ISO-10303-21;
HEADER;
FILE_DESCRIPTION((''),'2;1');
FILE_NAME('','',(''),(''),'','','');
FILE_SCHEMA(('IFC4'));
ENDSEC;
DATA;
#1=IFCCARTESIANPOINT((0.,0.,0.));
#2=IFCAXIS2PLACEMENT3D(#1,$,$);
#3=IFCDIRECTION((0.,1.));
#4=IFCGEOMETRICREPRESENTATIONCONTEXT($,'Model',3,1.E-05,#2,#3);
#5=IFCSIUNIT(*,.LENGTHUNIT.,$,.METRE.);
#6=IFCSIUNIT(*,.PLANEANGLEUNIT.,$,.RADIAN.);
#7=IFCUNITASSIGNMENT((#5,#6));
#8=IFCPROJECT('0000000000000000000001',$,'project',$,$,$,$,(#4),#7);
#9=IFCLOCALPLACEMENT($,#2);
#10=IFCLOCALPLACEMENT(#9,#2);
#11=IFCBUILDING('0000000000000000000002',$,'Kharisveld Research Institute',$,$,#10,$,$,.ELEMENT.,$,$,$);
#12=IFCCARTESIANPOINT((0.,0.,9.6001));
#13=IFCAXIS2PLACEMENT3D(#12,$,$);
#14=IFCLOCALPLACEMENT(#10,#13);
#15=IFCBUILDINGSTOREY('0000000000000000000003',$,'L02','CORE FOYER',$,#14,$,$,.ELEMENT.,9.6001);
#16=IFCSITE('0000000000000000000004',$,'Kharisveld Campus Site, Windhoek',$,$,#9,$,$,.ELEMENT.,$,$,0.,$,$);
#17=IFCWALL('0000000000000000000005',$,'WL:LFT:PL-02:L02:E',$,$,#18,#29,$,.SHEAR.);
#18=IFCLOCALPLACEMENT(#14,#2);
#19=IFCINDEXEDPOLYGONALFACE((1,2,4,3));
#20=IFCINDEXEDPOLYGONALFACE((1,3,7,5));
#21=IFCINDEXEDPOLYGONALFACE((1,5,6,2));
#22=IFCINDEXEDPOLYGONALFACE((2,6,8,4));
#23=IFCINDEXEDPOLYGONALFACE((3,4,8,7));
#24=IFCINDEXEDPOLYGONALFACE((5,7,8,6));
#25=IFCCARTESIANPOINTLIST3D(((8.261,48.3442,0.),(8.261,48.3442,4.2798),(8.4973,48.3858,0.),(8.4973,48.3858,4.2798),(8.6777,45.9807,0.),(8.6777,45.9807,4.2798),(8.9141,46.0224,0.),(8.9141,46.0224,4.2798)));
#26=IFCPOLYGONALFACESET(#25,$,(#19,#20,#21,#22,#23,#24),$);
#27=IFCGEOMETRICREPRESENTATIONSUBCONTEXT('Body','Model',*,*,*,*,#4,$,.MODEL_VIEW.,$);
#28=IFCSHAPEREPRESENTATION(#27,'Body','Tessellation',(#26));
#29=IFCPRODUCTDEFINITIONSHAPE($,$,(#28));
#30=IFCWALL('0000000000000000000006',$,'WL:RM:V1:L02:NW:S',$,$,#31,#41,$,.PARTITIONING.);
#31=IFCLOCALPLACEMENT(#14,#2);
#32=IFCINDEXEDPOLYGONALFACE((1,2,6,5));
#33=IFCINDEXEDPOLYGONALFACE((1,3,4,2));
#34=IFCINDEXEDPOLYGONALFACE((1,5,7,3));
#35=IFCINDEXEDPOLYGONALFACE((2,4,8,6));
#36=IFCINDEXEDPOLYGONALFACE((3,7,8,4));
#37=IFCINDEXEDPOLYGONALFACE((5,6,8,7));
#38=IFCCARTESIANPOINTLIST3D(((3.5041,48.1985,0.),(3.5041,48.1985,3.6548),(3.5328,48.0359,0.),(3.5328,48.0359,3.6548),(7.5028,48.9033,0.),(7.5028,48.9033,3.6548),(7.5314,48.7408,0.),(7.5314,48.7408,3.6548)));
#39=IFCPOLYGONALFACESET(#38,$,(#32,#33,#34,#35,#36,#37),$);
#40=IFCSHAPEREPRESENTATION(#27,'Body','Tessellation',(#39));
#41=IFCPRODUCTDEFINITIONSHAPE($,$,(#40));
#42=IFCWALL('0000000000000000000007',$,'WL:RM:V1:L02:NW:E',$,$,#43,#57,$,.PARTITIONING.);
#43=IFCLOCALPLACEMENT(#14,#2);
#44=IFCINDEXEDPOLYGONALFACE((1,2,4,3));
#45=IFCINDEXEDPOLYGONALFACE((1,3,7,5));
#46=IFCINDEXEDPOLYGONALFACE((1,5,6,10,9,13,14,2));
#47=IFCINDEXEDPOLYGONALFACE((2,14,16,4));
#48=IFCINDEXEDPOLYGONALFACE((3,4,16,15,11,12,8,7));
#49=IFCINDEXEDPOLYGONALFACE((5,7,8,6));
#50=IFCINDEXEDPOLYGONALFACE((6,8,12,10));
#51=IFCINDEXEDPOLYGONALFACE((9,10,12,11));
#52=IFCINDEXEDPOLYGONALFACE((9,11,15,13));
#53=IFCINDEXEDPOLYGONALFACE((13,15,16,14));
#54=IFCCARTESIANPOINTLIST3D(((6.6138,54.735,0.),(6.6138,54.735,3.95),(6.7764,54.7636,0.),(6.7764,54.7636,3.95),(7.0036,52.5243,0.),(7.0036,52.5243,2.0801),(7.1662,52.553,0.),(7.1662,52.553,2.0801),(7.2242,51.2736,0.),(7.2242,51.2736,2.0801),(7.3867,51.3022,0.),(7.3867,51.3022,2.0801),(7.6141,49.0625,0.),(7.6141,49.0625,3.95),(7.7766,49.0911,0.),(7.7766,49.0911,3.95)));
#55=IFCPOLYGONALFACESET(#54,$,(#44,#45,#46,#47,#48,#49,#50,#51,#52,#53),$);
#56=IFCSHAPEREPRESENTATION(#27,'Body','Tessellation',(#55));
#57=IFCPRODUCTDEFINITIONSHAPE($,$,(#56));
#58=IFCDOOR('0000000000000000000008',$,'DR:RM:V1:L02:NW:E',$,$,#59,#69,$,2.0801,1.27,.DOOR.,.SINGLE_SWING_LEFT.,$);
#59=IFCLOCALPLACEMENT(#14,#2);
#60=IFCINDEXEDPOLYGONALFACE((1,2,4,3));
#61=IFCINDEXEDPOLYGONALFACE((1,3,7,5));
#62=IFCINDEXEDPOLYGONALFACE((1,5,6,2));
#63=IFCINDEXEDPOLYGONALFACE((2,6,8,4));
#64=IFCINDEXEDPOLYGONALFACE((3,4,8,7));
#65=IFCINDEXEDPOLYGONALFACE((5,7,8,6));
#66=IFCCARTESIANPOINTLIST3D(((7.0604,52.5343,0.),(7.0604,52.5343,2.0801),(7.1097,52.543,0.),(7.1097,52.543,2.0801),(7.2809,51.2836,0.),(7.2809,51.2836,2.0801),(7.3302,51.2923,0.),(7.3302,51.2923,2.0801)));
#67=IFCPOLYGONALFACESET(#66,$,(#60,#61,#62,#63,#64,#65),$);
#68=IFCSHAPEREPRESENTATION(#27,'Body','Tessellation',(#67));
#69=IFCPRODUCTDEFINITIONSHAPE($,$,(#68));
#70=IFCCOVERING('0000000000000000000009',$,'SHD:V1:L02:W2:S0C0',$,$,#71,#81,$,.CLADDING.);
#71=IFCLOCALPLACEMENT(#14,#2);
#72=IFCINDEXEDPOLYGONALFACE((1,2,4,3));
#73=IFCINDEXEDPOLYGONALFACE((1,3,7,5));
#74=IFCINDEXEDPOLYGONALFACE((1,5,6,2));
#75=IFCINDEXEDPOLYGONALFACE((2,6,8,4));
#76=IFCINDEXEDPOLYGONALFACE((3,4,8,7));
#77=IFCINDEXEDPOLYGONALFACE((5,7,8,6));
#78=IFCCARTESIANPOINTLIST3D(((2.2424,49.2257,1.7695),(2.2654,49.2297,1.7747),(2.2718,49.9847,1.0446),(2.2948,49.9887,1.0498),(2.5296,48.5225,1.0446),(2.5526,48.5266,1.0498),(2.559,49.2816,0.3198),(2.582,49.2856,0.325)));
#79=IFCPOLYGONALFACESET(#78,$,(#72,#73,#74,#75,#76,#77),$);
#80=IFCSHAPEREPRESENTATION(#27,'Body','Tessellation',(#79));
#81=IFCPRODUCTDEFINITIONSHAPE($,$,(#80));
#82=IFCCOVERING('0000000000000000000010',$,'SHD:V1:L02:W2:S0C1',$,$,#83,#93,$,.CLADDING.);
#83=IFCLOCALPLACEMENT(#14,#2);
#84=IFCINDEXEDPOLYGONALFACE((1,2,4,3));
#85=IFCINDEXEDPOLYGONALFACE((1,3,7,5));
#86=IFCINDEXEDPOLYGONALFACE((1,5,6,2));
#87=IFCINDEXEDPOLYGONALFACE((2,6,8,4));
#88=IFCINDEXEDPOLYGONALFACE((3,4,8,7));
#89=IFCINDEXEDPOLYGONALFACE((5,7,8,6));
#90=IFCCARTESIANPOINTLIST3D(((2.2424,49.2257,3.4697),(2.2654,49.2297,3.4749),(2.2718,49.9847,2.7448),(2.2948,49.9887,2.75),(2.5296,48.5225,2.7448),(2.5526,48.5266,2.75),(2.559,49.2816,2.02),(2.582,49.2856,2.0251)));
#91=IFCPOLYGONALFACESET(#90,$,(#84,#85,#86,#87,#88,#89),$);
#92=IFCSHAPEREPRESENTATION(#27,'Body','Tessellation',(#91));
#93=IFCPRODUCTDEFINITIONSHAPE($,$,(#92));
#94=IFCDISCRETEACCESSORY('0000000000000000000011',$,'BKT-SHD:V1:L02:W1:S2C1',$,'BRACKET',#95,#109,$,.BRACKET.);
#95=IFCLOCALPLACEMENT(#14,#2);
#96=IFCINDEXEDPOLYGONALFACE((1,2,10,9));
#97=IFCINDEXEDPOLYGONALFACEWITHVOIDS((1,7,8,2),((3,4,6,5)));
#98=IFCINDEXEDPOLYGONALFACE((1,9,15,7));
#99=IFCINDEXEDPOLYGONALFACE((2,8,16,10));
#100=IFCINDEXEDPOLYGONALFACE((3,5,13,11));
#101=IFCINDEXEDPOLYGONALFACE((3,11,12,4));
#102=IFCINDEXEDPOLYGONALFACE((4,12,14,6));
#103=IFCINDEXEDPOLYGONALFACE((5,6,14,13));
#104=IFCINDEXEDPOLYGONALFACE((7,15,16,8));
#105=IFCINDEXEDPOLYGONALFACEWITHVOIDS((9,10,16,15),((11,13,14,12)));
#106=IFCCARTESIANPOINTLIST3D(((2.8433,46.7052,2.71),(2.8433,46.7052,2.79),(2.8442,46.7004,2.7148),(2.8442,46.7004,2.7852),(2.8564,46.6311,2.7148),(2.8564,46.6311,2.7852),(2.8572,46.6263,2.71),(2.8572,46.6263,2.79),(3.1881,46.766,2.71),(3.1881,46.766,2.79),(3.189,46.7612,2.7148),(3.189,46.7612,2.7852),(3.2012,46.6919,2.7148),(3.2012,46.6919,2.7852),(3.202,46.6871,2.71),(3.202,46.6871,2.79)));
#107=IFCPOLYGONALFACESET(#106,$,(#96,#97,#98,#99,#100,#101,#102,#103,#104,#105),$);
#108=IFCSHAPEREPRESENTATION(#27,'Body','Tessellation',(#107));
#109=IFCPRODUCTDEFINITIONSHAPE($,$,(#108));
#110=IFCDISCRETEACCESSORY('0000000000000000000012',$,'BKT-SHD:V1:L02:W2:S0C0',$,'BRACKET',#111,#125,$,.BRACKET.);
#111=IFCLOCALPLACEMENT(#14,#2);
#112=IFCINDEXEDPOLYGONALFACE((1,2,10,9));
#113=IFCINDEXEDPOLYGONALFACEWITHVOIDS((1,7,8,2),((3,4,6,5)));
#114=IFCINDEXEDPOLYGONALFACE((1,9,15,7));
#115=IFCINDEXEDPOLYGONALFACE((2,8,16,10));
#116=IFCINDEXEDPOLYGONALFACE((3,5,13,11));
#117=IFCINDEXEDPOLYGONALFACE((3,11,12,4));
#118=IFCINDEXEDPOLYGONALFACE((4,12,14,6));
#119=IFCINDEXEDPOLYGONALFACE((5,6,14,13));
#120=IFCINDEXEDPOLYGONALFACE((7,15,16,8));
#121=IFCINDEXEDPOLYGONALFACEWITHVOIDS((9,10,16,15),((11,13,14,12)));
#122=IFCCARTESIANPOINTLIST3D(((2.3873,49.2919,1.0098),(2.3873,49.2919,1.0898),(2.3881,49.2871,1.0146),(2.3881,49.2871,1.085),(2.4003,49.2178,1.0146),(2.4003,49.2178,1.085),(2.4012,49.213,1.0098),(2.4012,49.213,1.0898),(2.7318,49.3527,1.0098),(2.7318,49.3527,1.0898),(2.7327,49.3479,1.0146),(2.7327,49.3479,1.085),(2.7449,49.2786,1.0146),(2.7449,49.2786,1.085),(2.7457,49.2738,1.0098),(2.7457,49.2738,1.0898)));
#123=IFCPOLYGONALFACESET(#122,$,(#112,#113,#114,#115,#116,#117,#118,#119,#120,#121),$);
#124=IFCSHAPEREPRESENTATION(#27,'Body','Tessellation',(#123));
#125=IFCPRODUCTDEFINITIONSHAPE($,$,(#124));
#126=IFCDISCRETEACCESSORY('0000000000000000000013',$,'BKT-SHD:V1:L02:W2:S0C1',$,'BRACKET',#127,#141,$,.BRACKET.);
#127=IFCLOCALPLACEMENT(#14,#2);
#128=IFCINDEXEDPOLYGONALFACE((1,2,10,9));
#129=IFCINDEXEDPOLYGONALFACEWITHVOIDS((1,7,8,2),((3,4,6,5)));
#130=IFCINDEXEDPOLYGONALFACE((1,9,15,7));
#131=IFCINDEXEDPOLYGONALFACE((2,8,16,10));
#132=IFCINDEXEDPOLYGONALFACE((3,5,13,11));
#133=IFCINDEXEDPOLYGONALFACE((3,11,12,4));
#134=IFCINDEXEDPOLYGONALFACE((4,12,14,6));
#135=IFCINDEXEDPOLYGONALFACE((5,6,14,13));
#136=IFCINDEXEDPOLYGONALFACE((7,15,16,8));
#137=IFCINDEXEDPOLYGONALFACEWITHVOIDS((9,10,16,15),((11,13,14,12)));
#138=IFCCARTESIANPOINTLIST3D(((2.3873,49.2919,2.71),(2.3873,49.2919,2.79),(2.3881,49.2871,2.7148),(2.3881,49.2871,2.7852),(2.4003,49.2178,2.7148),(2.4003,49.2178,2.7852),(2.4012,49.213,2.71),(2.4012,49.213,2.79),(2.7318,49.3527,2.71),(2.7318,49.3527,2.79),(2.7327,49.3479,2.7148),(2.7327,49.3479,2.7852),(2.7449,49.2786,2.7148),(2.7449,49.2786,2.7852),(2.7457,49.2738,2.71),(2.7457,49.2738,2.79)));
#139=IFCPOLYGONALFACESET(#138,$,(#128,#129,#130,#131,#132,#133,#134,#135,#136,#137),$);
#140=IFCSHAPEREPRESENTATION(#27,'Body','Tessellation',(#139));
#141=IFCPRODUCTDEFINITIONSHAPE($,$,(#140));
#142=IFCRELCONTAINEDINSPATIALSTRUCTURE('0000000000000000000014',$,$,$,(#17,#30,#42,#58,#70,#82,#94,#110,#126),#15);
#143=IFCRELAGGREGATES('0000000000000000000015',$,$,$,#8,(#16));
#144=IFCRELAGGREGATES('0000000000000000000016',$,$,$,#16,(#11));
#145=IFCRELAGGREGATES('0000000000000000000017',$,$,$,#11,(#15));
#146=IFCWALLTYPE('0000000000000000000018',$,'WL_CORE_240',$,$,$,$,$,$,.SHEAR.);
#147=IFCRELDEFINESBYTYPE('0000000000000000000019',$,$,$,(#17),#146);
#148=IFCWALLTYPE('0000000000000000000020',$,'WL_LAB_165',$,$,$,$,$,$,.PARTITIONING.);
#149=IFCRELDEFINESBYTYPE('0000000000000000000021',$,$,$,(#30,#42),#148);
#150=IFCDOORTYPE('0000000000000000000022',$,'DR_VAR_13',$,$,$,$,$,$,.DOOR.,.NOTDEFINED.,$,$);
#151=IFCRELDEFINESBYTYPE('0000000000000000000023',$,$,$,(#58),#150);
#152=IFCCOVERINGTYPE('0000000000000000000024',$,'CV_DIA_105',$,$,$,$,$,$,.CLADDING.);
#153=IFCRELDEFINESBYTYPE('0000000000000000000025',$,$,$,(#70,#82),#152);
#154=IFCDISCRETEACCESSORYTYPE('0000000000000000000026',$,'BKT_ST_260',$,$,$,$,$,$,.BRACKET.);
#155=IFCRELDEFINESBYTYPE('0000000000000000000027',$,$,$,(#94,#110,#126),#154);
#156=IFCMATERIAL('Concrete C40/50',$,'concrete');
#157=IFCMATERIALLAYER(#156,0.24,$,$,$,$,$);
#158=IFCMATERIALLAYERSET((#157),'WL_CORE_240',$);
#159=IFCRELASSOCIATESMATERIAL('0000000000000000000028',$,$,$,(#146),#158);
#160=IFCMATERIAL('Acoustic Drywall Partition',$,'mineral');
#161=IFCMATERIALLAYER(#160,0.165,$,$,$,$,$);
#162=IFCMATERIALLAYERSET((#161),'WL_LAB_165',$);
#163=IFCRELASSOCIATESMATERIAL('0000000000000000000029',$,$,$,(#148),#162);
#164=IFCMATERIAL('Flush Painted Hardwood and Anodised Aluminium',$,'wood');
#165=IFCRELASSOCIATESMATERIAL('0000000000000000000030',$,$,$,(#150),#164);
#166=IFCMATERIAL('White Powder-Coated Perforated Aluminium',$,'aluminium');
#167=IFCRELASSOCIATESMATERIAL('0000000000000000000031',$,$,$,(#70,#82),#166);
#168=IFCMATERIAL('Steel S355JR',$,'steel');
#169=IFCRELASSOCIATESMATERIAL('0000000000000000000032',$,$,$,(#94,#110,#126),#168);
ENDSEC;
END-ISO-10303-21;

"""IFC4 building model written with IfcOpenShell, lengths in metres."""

from ifc_helpers import new_model, si_unit, direction, frame, frame_2d, origin, origin_2d, place, context, subcontext, project, spatial, polyline, rectangle, hollow_rectangle, outline, extrude, material, layer, layer_set, type_object, element, fill, save


model = new_model("IFC4")

# Units and contexts
model_context = context("Model", 3, precision=1e-05, world=origin(), true_north=direction((0.0, 1.0)))
body_context = subcontext(model_context, "Body", "Model", "MODEL_VIEW")
ifc_project = project(units=[si_unit("LENGTHUNIT", "METRE"), si_unit("PLANEANGLEUNIT", "RADIAN")], contexts=[model_context])

# Site, building, storey
site_placement = place(None, origin())
site = spatial("IfcSite", under=ifc_project, at=site_placement, Name="Kharisveld Campus Site, Windhoek", CompositionType="ELEMENT", RefElevation=0.0)
building_placement = place(site_placement, origin())
building = spatial("IfcBuilding", under=site, at=building_placement, Name="Kharisveld Research Institute", CompositionType="ELEMENT")
storey_placement = place(building_placement, frame((0.0, 0.0, 9.6001)))
storey = spatial("IfcBuildingStorey", under=building, at=storey_placement, Name="L02", Description="CORE FOYER", CompositionType="ELEMENT", Elevation=9.6001)

# Walls
ifc_material_1 = material(Name="Concrete C40/50", Category="concrete")
ifc_layer_1 = layer(ifc_material_1, 0.24)
ifc_layer_set_1 = layer_set([ifc_layer_1], Name="WL_CORE_240")
wall_type_1 = type_object("IfcWallType", Name="WL_CORE_240", PredefinedType="SHEAR", material=ifc_layer_set_1)
wall_1_placement = place(storey_placement, frame((8.3792, 48.365, 0.0), z_axis=(0.0, 0.0, 1.0), x_axis=(0.173646, -0.984808, 0.0)))
element("IfcWall", 1, at=wall_1_placement, inside=storey, type_object=wall_type_1, Name="WL:LFT:PL-02:L02:E", PredefinedType="SHEAR", context=body_context, shape_type="SweptSolid", body=[
    extrude(rectangle(XDim=2.3999, YDim=0.24, at=frame_2d((1.2, 0.0))), origin(), (0.0, 0.0, 1.0), 4.2798),
])
ifc_material_2 = material(Name="Acoustic Drywall Partition", Category="mineral")
ifc_layer_2 = layer(ifc_material_2, 0.165)
ifc_layer_set_2 = layer_set([ifc_layer_2], Name="WL_LAB_165")
wall_type_2 = type_object("IfcWallType", Name="WL_LAB_165", PredefinedType="PARTITIONING", material=ifc_layer_set_2)
wall_2_placement = place(storey_placement, frame((3.5183, 48.1172, 0.0), z_axis=(0.0, 0.0, 1.0), x_axis=(0.984817, 0.173597, 0.0)))
element("IfcWall", 2, at=wall_2_placement, inside=storey, type_object=wall_type_2, Name="WL:RM:V1:L02:NW:S", PredefinedType="PARTITIONING", context=body_context, shape_type="SweptSolid", body=[
    extrude(rectangle(XDim=4.0603, YDim=0.165, at=frame_2d((2.0303, 0.0))), origin(), (0.0, 0.0, 1.0), 3.6548),
])

# Wall, opening, door
wall_3_placement = place(storey_placement, frame((7.6953, 49.0769, 0.0), z_axis=(0.0, 0.0, 1.0), x_axis=(-0.17365, 0.984807, 0.0)))
wall_3 = element("IfcWall", 3, at=wall_3_placement, inside=storey, type_object=wall_type_2, Name="WL:RM:V1:L02:NW:E", PredefinedType="PARTITIONING", context=body_context, shape_type="SweptSolid", body=[
    extrude(rectangle(XDim=5.76, YDim=0.165, at=frame_2d((2.8799, 0.0))), origin(), (0.0, 0.0, 1.0), 3.95),
])
opening_placement = place(wall_3_placement, frame((2.2451, 0.0, 0.0)))
opening = element("IfcOpeningElement", 4, at=opening_placement, cuts=wall_3, PredefinedType="OPENING", context=body_context, shape_type="SweptSolid", body=[
    extrude(rectangle(XDim=1.27, YDim=2.0801, at=frame_2d((0.635, 1.04))), frame((0.0, 0.0825, 0.0), z_axis=(0.0, -1.0, 0.0), x_axis=(1.0, 0.0, 0.0)), (0.0, 0.0, 1.0), 0.165),
])
ifc_material_3 = material(Name="Flush Painted Hardwood and Anodised Aluminium", Category="wood")
door_type = type_object("IfcDoorType", Name="DR_VAR_13", OperationType="NOTDEFINED", PredefinedType="DOOR", material=ifc_material_3)
door_placement = place(opening_placement, origin())
door = element("IfcDoor", 5, at=door_placement, inside=storey, type_object=door_type, Name="DR:RM:V1:L02:NW:E", OperationType="SINGLE_SWING_LEFT", OverallHeight=2.0801, OverallWidth=1.27, PredefinedType="DOOR", context=body_context, shape_type="SweptSolid", body=[
    extrude(rectangle(XDim=1.27, YDim=2.0801, at=frame_2d((0.635, 1.04))), frame((0.0, 0.0249, 0.0), z_axis=(0.0, -1.0, 0.0), x_axis=(1.0, 0.0, 0.0)), (0.0, 0.0, 1.0), 0.05),
])
fill(opening, door)

# Coverings
ifc_material_4 = material(Name="White Powder-Coated Perforated Aluminium", Category="aluminium")
covering_type = type_object("IfcCoveringType", Name="CV_DIA_105", PredefinedType="CLADDING")
for number, where, z_axis, x_axis, name in (
    (6, (2.582, 49.2856, 0.325), (0.961443, 0.169525, 0.21654), (-0.273579, 0.669706, 0.690397), "SHD:V1:L02:W2:S0C0"),
    (7, (2.582, 49.2856, 2.0251), (0.961443, 0.169525, 0.21654), (-0.273579, 0.669706, 0.690397), "SHD:V1:L02:W2:S0C1"),
):
    element("IfcCovering", number, at=place(storey_placement, frame(where, z_axis=z_axis, x_axis=x_axis)), inside=storey, type_object=covering_type, material=ifc_material_4, Name=name, PredefinedType="CLADDING", context=body_context, shape_type="SweptSolid", body=[
        extrude(outline(polyline([(0.0, 0.0), (1.0499, 0.0), (1.0501, 1.05), (0.0001, 1.05), (0.0, 0.0)])), origin(), (0.0, 0.0, -1.0), 0.0239),
    ])

# Discrete accessories
ifc_material_5 = material(Name="Steel S355JR", Category="steel")
discrete_accessory_type = type_object("IfcDiscreteAccessoryType", Name="BKT_ST_260", PredefinedType="BRACKET")
discrete_accessory_placement = place(storey_placement, frame((3.1951, 46.7266, 2.75), z_axis=(-0.984805, -0.173666, 0.0), x_axis=(0.173666, -0.984805, 0.0)))
element("IfcDiscreteAccessory", 8, at=discrete_accessory_placement, inside=storey, type_object=discrete_accessory_type, material=ifc_material_5, Name="BKT-SHD:V1:L02:W1:S2C1", ObjectType="BRACKET", PredefinedType="BRACKET", context=body_context, shape_type="SweptSolid", body=[
    extrude(hollow_rectangle(XDim=0.0801, YDim=0.0801, WallThickness=0.0049, at=origin_2d()), origin(), (0.0, 0.0, 1.0), 0.3501),
])
for number, where, z_axis, x_axis, name in (
    (9, (2.7388, 49.3132, 1.0498), (-0.984784, -0.173785, 0.0), (0.173785, -0.984784, 0.0), "BKT-SHD:V1:L02:W2:S0C0"),
    (10, (2.7388, 49.3132, 2.75), (-0.984784, -0.173785, 0.0), (0.173785, -0.984784, 0.0), "BKT-SHD:V1:L02:W2:S0C1"),
):
    element("IfcDiscreteAccessory", number, at=place(storey_placement, frame(where, z_axis=z_axis, x_axis=x_axis)), inside=storey, type_object=discrete_accessory_type, material=ifc_material_5, Name=name, ObjectType="BRACKET", PredefinedType="BRACKET", context=body_context, shape_type="SweptSolid", body=[
        extrude(hollow_rectangle(XDim=0.0801, YDim=0.0801, WallThickness=0.0049, at=origin_2d()), origin(), (0.0, 0.0, 1.0), 0.3499),
    ])

save(model, "model.ifc")
